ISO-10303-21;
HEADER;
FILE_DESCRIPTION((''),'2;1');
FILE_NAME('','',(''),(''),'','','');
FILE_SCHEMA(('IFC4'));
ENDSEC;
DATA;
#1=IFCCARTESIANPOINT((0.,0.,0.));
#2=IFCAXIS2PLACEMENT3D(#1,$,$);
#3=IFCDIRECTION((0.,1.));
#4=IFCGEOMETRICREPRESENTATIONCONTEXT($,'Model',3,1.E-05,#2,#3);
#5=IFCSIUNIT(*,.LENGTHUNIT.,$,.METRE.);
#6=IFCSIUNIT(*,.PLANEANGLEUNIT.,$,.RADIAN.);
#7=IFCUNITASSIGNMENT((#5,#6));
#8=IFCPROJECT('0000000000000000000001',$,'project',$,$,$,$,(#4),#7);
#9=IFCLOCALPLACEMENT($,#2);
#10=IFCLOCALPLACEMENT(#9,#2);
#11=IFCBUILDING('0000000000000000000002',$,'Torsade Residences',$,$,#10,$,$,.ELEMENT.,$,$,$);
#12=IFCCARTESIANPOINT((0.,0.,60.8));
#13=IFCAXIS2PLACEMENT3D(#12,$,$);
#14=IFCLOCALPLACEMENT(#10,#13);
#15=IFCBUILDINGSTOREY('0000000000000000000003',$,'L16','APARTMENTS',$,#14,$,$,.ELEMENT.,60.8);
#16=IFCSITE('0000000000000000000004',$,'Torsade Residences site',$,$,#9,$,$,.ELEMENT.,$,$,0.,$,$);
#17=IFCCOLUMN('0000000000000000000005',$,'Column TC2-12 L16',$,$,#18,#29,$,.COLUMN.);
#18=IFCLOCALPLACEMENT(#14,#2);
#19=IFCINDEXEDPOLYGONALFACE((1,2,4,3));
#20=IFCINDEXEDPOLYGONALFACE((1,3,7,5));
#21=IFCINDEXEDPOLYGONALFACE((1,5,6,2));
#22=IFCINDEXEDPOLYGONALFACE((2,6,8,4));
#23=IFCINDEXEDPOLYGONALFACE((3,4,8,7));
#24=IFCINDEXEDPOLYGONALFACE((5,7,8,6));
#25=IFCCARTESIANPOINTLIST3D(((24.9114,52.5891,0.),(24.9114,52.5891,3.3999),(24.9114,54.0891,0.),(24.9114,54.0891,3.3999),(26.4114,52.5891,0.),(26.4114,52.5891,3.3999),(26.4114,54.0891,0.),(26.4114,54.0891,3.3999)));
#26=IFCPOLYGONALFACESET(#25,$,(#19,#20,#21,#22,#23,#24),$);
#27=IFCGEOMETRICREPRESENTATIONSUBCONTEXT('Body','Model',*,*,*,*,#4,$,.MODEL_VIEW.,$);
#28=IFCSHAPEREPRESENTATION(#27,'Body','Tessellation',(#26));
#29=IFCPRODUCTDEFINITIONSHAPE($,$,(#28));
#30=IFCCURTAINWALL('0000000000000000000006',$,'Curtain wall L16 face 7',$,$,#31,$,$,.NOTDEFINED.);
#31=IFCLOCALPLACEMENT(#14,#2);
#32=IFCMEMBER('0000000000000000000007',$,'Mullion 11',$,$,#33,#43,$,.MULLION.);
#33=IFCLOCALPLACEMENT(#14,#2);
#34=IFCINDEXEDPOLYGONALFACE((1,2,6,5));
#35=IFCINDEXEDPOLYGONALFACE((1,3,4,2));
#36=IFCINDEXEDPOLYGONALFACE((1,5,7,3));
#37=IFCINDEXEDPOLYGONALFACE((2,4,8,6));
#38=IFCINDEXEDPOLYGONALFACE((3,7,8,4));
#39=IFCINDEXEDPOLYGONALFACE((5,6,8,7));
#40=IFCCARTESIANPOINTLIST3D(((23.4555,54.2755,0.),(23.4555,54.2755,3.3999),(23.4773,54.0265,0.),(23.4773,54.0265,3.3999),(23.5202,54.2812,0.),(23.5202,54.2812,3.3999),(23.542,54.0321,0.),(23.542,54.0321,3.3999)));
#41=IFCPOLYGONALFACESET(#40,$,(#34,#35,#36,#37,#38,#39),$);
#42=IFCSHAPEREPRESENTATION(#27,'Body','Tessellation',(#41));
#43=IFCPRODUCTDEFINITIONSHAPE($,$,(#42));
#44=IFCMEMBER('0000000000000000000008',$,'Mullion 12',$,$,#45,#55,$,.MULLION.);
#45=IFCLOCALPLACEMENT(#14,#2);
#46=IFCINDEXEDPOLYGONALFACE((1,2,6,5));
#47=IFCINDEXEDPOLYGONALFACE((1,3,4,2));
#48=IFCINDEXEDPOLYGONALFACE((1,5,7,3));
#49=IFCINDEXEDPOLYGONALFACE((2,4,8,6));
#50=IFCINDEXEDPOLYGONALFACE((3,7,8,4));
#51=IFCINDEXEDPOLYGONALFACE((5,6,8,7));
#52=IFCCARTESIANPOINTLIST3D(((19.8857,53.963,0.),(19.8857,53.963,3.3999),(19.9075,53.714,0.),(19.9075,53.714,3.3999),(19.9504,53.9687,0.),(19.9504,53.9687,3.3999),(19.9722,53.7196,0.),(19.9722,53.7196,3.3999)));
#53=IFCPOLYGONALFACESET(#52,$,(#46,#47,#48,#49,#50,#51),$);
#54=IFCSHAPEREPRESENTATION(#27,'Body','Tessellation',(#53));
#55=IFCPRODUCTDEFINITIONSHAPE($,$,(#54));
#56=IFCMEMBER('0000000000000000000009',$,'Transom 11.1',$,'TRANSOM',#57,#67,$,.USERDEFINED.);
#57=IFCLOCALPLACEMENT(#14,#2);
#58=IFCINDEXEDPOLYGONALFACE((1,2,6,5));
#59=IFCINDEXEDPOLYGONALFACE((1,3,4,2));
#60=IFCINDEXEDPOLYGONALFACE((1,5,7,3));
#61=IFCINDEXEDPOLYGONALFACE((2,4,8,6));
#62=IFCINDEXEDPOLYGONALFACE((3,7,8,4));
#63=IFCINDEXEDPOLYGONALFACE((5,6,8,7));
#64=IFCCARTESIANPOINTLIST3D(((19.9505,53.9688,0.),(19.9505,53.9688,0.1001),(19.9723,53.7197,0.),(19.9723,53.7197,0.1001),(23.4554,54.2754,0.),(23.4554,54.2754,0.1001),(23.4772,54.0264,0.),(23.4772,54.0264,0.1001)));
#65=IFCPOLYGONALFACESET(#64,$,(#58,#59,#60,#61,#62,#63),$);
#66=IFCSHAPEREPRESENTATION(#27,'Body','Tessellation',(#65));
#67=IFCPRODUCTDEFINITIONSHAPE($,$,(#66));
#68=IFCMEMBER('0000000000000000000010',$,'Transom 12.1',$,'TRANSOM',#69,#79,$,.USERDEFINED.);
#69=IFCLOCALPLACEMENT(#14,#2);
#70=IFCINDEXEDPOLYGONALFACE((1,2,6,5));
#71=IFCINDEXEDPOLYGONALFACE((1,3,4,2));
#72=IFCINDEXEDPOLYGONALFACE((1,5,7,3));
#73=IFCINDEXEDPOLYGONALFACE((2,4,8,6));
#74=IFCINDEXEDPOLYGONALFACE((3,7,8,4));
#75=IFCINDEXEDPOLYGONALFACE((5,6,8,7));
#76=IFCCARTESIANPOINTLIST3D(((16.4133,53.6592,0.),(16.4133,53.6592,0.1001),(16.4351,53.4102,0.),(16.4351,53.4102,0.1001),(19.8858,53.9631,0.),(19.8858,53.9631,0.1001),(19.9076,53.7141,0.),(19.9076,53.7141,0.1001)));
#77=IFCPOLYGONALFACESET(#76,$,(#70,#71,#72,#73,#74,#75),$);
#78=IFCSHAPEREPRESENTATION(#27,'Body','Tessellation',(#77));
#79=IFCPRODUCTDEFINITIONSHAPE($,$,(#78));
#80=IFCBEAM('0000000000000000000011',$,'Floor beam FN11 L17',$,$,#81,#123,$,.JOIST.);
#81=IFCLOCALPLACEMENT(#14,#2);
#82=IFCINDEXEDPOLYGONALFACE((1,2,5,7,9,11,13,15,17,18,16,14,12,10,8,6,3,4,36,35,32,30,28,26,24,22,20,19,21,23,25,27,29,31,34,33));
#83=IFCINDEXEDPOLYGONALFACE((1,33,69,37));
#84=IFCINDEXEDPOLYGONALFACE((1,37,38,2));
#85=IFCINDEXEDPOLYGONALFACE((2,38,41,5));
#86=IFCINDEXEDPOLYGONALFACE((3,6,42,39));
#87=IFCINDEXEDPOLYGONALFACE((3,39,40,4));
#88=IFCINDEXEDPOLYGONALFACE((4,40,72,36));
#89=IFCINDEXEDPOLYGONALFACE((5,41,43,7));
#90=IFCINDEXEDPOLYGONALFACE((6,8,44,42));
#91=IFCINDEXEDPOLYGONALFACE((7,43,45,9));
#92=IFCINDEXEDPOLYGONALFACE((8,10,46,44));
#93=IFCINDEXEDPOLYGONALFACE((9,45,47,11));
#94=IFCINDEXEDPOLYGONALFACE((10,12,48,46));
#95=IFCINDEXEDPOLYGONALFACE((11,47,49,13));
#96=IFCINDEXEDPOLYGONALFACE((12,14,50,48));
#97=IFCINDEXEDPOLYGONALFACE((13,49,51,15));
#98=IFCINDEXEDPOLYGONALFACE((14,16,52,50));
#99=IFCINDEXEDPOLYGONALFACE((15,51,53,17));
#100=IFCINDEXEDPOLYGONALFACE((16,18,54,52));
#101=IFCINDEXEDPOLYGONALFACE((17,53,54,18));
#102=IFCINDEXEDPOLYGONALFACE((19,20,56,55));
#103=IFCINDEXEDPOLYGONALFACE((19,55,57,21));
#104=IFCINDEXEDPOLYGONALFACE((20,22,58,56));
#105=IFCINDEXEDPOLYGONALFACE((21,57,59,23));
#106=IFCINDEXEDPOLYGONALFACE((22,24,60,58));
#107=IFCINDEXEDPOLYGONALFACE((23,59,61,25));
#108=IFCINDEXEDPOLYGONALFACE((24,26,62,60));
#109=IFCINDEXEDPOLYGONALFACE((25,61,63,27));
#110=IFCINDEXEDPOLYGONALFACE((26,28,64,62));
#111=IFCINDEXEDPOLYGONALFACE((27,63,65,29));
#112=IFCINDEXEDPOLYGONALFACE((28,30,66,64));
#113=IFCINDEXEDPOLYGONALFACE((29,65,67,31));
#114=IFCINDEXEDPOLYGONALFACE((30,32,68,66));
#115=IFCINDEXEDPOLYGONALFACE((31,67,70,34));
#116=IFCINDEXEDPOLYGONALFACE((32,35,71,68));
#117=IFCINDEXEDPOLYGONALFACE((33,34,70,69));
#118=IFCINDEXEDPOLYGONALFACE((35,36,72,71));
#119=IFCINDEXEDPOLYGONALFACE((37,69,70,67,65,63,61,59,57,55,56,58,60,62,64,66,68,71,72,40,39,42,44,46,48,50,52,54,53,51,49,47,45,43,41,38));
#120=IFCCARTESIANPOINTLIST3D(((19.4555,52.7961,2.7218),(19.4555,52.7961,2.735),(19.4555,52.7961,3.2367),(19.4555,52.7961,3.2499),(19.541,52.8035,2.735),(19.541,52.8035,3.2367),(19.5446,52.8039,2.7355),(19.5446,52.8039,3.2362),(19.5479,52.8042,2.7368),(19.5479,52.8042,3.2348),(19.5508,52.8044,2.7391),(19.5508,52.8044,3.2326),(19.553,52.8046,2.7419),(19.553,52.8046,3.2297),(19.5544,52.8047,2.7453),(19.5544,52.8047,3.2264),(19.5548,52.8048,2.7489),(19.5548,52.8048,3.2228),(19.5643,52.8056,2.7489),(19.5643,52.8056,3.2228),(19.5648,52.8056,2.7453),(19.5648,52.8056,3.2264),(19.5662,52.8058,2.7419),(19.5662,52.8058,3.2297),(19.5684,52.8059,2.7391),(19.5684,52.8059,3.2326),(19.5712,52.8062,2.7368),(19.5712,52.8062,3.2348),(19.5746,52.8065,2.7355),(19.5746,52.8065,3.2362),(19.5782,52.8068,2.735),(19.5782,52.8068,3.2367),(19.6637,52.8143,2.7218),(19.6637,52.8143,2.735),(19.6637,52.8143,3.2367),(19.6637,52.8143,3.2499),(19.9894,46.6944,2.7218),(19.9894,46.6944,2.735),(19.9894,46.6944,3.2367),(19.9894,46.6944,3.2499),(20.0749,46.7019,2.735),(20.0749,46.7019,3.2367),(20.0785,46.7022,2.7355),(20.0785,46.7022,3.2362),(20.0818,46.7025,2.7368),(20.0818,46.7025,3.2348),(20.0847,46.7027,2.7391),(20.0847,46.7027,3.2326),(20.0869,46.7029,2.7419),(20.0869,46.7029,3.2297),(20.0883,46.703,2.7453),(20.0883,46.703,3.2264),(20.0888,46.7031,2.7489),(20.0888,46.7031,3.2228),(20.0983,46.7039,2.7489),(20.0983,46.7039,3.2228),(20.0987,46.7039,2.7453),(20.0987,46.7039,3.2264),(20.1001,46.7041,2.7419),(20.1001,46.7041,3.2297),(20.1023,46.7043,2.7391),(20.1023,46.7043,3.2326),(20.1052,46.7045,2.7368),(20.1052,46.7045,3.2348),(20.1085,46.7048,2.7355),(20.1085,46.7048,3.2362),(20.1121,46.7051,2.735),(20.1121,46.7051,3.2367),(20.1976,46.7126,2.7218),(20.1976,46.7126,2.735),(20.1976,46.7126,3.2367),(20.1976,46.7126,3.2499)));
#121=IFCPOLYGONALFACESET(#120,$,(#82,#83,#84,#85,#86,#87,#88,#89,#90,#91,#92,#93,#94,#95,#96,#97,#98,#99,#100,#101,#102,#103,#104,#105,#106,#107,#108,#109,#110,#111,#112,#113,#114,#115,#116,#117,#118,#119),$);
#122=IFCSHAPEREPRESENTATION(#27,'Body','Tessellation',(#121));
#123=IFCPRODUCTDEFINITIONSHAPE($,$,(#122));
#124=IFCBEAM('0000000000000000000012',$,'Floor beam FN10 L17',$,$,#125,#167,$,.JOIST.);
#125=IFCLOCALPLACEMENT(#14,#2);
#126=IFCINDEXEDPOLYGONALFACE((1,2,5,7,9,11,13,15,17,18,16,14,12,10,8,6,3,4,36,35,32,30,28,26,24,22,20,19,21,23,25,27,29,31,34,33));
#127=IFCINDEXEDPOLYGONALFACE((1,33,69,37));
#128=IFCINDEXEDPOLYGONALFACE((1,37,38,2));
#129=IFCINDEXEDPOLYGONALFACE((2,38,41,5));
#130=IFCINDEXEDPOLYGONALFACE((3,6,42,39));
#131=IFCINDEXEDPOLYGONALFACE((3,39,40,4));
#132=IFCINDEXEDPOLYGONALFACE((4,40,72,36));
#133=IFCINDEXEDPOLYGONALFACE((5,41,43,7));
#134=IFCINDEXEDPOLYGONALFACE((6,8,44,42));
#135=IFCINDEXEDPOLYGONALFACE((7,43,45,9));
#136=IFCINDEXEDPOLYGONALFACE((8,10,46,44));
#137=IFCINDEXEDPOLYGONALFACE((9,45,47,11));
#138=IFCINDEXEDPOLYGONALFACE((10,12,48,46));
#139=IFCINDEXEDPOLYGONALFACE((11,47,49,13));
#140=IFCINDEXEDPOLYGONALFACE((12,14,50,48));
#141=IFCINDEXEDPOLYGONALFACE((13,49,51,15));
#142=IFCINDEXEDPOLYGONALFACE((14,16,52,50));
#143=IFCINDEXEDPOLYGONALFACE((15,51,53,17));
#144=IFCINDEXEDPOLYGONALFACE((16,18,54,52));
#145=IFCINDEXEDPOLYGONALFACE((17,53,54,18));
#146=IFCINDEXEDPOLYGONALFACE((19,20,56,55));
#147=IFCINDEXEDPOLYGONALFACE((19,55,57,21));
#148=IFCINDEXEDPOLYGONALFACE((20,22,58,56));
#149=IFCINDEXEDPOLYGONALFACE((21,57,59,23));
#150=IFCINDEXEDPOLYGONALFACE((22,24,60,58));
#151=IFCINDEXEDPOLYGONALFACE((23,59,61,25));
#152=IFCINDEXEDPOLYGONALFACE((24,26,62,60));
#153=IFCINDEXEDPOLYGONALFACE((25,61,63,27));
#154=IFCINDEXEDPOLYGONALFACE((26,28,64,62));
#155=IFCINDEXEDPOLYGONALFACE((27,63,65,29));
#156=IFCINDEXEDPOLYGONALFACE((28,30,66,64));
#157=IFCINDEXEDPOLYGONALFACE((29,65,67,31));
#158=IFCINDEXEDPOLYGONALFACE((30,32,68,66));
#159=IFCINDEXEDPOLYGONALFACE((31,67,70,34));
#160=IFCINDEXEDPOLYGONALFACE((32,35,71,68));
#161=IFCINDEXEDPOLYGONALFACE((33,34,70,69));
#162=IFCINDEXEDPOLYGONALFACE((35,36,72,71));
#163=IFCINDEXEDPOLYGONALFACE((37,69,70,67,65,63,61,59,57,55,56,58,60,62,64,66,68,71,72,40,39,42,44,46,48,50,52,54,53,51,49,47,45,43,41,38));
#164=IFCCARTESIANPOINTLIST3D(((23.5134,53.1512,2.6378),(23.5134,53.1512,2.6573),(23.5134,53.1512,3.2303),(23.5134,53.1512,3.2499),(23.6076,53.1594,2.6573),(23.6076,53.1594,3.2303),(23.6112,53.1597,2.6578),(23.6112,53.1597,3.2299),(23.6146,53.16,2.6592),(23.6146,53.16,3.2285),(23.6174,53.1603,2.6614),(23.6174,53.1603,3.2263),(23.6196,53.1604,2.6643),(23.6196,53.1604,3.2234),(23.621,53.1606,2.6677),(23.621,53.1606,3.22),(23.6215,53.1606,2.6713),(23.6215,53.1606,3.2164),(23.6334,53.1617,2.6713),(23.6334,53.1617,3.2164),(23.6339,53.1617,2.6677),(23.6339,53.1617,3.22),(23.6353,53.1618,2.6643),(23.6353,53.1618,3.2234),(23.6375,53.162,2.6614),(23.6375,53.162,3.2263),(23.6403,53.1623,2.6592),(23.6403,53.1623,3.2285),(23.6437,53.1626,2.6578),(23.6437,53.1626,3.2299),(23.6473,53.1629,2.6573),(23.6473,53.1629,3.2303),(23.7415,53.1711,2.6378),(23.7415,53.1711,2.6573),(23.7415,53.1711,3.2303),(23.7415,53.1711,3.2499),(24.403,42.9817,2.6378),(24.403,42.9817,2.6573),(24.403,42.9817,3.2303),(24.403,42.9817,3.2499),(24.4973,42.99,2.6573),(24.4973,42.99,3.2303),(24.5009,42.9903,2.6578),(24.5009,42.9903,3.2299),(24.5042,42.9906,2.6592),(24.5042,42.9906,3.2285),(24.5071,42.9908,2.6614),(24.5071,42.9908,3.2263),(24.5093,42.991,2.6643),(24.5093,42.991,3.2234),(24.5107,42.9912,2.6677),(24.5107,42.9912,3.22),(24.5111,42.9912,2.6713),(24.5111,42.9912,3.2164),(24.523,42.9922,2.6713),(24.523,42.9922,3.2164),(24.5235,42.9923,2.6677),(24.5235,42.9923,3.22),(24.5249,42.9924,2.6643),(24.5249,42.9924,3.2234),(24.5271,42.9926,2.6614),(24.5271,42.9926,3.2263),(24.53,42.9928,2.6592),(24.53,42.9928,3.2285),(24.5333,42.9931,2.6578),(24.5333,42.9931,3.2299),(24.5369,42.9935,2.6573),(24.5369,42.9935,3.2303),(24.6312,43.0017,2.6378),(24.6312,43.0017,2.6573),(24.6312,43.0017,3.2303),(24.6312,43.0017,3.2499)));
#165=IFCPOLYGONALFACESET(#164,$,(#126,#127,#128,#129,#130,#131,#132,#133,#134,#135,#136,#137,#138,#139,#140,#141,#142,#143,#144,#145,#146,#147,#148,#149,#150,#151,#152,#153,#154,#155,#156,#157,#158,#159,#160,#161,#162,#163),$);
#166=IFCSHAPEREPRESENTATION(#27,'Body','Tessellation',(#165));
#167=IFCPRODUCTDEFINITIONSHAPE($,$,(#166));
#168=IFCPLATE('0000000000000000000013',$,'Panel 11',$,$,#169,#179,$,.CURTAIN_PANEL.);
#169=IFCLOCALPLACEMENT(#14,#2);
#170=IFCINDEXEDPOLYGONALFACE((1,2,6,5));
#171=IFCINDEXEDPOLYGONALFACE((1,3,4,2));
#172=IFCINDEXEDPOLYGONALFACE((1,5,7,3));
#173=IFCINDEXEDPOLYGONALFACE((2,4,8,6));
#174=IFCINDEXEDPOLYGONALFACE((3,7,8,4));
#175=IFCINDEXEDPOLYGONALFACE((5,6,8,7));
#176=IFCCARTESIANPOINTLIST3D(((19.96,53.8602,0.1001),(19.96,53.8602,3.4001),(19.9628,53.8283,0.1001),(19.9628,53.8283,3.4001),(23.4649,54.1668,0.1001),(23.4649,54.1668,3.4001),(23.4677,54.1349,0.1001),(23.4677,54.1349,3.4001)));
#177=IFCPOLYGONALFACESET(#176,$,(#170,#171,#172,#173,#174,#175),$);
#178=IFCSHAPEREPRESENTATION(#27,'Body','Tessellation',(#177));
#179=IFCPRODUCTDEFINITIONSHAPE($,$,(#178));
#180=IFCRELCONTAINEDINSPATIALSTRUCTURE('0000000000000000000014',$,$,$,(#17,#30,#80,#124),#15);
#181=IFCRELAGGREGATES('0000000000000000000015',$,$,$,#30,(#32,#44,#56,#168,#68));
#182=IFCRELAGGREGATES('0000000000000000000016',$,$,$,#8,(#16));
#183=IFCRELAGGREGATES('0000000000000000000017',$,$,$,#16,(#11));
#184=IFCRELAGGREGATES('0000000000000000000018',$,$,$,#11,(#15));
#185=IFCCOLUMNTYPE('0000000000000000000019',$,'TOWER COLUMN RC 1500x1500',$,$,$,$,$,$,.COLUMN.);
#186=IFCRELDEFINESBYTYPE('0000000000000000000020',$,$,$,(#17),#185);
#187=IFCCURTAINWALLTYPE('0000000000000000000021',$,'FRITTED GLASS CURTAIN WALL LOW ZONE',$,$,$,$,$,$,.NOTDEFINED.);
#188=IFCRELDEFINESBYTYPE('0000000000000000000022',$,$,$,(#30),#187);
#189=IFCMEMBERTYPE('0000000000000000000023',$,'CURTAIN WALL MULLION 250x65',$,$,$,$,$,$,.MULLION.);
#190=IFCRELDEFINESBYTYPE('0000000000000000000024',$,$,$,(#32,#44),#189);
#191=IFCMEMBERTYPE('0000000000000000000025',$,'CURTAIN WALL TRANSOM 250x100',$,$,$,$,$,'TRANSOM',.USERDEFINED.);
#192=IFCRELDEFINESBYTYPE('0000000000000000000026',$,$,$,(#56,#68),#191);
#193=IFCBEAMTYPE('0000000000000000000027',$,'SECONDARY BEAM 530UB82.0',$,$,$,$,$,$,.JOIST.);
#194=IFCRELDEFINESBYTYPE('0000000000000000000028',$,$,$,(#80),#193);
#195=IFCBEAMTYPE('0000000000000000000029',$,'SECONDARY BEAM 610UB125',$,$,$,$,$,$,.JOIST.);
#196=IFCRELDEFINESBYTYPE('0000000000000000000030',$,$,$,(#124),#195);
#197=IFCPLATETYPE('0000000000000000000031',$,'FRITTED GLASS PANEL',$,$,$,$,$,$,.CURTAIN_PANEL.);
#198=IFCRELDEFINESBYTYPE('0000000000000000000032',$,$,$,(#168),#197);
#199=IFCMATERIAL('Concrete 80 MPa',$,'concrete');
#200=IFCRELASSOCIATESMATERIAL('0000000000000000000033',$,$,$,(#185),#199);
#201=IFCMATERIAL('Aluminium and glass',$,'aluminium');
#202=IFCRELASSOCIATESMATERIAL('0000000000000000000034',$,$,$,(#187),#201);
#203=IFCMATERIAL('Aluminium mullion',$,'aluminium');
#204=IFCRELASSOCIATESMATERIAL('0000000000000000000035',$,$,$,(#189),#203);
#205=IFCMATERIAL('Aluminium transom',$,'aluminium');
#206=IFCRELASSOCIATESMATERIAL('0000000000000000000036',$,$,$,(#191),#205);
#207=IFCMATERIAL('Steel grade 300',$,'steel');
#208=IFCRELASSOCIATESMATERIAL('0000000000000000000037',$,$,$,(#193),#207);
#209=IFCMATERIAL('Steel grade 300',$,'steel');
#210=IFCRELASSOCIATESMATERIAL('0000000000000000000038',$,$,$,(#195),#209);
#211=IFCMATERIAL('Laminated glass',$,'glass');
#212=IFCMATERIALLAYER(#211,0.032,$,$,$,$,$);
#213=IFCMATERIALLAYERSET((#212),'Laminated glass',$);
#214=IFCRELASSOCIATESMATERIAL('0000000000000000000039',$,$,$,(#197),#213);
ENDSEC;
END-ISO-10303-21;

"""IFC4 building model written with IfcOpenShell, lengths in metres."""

from ifc_helpers import new_model, si_unit, direction, frame, origin, origin_2d, place, context, subcontext, project, spatial, rectangle, i_section, extrude, material, layer, layer_set, material_profile, profile_set, type_object, element, aggregate, save


model = new_model("IFC4")

# Units and contexts
model_context = context("Model", 3, precision=1e-05, world=origin(), true_north=direction((0.0, 1.0)))
body_context = subcontext(model_context, "Body", "Model", "MODEL_VIEW")
ifc_project = project(units=[si_unit("LENGTHUNIT", "METRE"), si_unit("PLANEANGLEUNIT", "RADIAN")], contexts=[model_context])

# Site, building, storey
site_placement = place(None, origin())
site = spatial("IfcSite", under=ifc_project, at=site_placement, Name="Torsade Residences site", CompositionType="ELEMENT", RefElevation=0.0)
building_placement = place(site_placement, origin())
building = spatial("IfcBuilding", under=site, at=building_placement, Name="Torsade Residences", CompositionType="ELEMENT")
storey_placement = place(building_placement, frame((0.0, 0.0, 60.8)))
storey = spatial("IfcBuildingStorey", under=building, at=storey_placement, Name="L16", Description="APARTMENTS", CompositionType="ELEMENT", Elevation=60.8)

# Column
ifc_material_1 = material(Name="Concrete 80 MPa", Category="concrete")
ifc_material_profile_1 = material_profile(ifc_material_1, rectangle(XDim=1.5, YDim=1.5, at=origin_2d()), Name="RC 1500x1500")
ifc_profile_set_1 = profile_set([ifc_material_profile_1], Name="Concrete 80 MPa")
column_type = type_object("IfcColumnType", Name="TOWER COLUMN RC 1500x1500", PredefinedType="COLUMN", material=ifc_profile_set_1)
column_placement = place(storey_placement, frame((25.6614, 53.3391, 0.0), z_axis=(0.0, 0.0, 1.0), x_axis=(1.0, 0.0, 0.0)))
element("IfcColumn", 1, at=column_placement, inside=storey, type_object=column_type, Name="Column TC2-12 L16", PredefinedType="COLUMN", context=body_context, shape_type="SweptSolid", body=[
    extrude(rectangle(XDim=1.5, YDim=1.5, at=origin_2d()), origin(), (0.0, 0.0, 1.0), 3.3999),
])

# Curtain wall, members
ifc_material_2 = material(Name="Aluminium and glass", Category="aluminium")
curtain_wall_type = type_object("IfcCurtainWallType", Name="FRITTED GLASS CURTAIN WALL LOW ZONE", PredefinedType="NOTDEFINED", material=ifc_material_2)
curtain_wall_placement = place(storey_placement, origin())
curtain_wall = element("IfcCurtainWall", 2, at=curtain_wall_placement, inside=storey, type_object=curtain_wall_type, Name="Curtain wall L16 face 7", PredefinedType="NOTDEFINED")
ifc_material_3 = material(Name="Aluminium mullion", Category="aluminium")
ifc_material_profile_2 = material_profile(ifc_material_3, rectangle(XDim=0.25, YDim=0.0649, at=origin_2d()), Name="CURTAIN WALL MULLION 250x65")
ifc_profile_set_2 = profile_set([ifc_material_profile_2], Name="Aluminium mullion")
member_type_1 = type_object("IfcMemberType", Name="CURTAIN WALL MULLION 250x65", PredefinedType="MULLION", material=ifc_profile_set_2)
member_1_placement = place(storey_placement, frame((23.4988, 54.1538, 0.0), z_axis=(0.0, 0.0, 1.0), x_axis=(0.087156, -0.996195, 0.0)))
member_1 = element("IfcMember", 3, at=member_1_placement, type_object=member_type_1, Name="Mullion 11", PredefinedType="MULLION", context=body_context, shape_type="SweptSolid", body=[
    extrude(rectangle(XDim=0.25, YDim=0.0649, at=origin_2d()), origin(), (0.0, 0.0, 1.0), 3.3999),
])
member_2_placement = place(storey_placement, frame((19.929, 53.8413, 0.0), z_axis=(0.0, 0.0, 1.0), x_axis=(0.087156, -0.996195, 0.0)))
member_2 = element("IfcMember", 4, at=member_2_placement, type_object=member_type_1, Name="Mullion 12", PredefinedType="MULLION", context=body_context, shape_type="SweptSolid", body=[
    extrude(rectangle(XDim=0.25, YDim=0.0649, at=origin_2d()), origin(), (0.0, 0.0, 1.0), 3.3999),
])
ifc_material_4 = material(Name="Aluminium transom", Category="aluminium")
ifc_material_profile_3 = material_profile(ifc_material_4, rectangle(XDim=0.25, YDim=0.1001, at=origin_2d()), Name="CURTAIN WALL TRANSOM 250x100")
ifc_profile_set_3 = profile_set([ifc_material_profile_3], Name="Aluminium transom")
member_type_2 = type_object("IfcMemberType", Name="CURTAIN WALL TRANSOM 250x100", ElementType="TRANSOM", PredefinedType="USERDEFINED", material=ifc_profile_set_3)
member_3_placement = place(storey_placement, frame((23.4663, 54.1509, 0.05), z_axis=(-0.996195, -0.087157, 0.0), x_axis=(0.087157, -0.996195, 0.0)))
member_3 = element("IfcMember", 5, at=member_3_placement, type_object=member_type_2, Name="Transom 11.1", ObjectType="TRANSOM", PredefinedType="USERDEFINED", context=body_context, shape_type="SweptSolid", body=[
    extrude(rectangle(XDim=0.25, YDim=0.1001, at=origin_2d()), origin(), (0.0, 0.0, 1.0), 3.5183),
])
member_4_placement = place(storey_placement, frame((19.8967, 53.8386, 0.05), z_axis=(-0.996191, -0.087195, 0.0), x_axis=(0.087195, -0.996191, 0.0)))
member_4 = element("IfcMember", 6, at=member_4_placement, type_object=member_type_2, Name="Transom 12.1", ObjectType="TRANSOM", PredefinedType="USERDEFINED", context=body_context, shape_type="SweptSolid", body=[
    extrude(rectangle(XDim=0.25, YDim=0.1001, at=origin_2d()), origin(), (0.0, 0.0, 1.0), 3.4858),
])

# Beams
ifc_material_5 = material(Name="Steel grade 300", Category="steel")
ifc_material_profile_4 = material_profile(ifc_material_5, i_section(OverallWidth=0.209, OverallDepth=0.5281, WebThickness=0.0095, FlangeThickness=0.0132, FilletRadius=0.0139, at=origin_2d()), Name="530UB82.0")
ifc_profile_set_4 = profile_set([ifc_material_profile_4], Name="Steel grade 300")
beam_type_1 = type_object("IfcBeamType", Name="SECONDARY BEAM 530UB82.0", PredefinedType="JOIST", material=ifc_profile_set_4)
beam_1_placement = place(storey_placement, frame((19.5596, 52.8052, 2.9858), z_axis=(0.087175, -0.996193, 0.0), x_axis=(0.996193, 0.087175, 0.0)))
element("IfcBeam", 7, at=beam_1_placement, inside=storey, type_object=beam_type_1, Name="Floor beam FN11 L17", PredefinedType="JOIST", context=body_context, shape_type="SweptSolid", body=[
    extrude(i_section(OverallWidth=0.209, OverallDepth=0.5281, WebThickness=0.0095, FlangeThickness=0.0132, FilletRadius=0.0139, at=origin_2d()), origin(), (0.0, 0.0, 1.0), 6.125),
])
ifc_material_6 = material(Name="Steel grade 300", Category="steel")
ifc_material_profile_5 = material_profile(ifc_material_6, i_section(OverallWidth=0.229, OverallDepth=0.6121, WebThickness=0.012, FlangeThickness=0.0195, FilletRadius=0.0139, at=origin_2d()), Name="610UB125")
ifc_profile_set_5 = profile_set([ifc_material_profile_5], Name="Steel grade 300")
beam_type_2 = type_object("IfcBeamType", Name="SECONDARY BEAM 610UB125", PredefinedType="JOIST", material=ifc_profile_set_5)
beam_2_placement = place(storey_placement, frame((23.6274, 53.1611, 2.9438), z_axis=(0.08715, -0.996195, 0.0), x_axis=(0.996195, 0.08715, 0.0)))
element("IfcBeam", 8, at=beam_2_placement, inside=storey, type_object=beam_type_2, Name="Floor beam FN10 L17", PredefinedType="JOIST", context=body_context, shape_type="SweptSolid", body=[
    extrude(i_section(OverallWidth=0.229, OverallDepth=0.6121, WebThickness=0.012, FlangeThickness=0.0195, FilletRadius=0.0139, at=origin_2d()), origin(), (0.0, 0.0, 1.0), 10.2083),
])

# Plate
ifc_material_7 = material(Name="Laminated glass", Category="glass")
ifc_layer_1 = layer(ifc_material_7, 0.032)
ifc_layer_set_1 = layer_set([ifc_layer_1], Name="Laminated glass")
plate_type_1 = type_object("IfcPlateType", Name="FRITTED GLASS PANEL", PredefinedType="CURTAIN_PANEL", material=ifc_layer_set_1)
plate_1_placement = place(storey_placement, frame((21.7139, 53.9976, 0.1001), z_axis=(0.0, 0.0, 1.0), x_axis=(-0.996195, -0.087156, 0.0)))
plate_1 = element("IfcPlate", 9, at=plate_1_placement, type_object=plate_type_1, Name="Panel 11", PredefinedType="CURTAIN_PANEL", context=body_context, shape_type="SweptSolid", body=[
    extrude(rectangle(XDim=3.5183, YDim=0.032, at=origin_2d()), origin(), (0.0, 0.0, 1.0), 3.3),
])
aggregate(curtain_wall, [member_1, member_2, member_3, plate_1, member_4])

save(model, "model.ifc")
